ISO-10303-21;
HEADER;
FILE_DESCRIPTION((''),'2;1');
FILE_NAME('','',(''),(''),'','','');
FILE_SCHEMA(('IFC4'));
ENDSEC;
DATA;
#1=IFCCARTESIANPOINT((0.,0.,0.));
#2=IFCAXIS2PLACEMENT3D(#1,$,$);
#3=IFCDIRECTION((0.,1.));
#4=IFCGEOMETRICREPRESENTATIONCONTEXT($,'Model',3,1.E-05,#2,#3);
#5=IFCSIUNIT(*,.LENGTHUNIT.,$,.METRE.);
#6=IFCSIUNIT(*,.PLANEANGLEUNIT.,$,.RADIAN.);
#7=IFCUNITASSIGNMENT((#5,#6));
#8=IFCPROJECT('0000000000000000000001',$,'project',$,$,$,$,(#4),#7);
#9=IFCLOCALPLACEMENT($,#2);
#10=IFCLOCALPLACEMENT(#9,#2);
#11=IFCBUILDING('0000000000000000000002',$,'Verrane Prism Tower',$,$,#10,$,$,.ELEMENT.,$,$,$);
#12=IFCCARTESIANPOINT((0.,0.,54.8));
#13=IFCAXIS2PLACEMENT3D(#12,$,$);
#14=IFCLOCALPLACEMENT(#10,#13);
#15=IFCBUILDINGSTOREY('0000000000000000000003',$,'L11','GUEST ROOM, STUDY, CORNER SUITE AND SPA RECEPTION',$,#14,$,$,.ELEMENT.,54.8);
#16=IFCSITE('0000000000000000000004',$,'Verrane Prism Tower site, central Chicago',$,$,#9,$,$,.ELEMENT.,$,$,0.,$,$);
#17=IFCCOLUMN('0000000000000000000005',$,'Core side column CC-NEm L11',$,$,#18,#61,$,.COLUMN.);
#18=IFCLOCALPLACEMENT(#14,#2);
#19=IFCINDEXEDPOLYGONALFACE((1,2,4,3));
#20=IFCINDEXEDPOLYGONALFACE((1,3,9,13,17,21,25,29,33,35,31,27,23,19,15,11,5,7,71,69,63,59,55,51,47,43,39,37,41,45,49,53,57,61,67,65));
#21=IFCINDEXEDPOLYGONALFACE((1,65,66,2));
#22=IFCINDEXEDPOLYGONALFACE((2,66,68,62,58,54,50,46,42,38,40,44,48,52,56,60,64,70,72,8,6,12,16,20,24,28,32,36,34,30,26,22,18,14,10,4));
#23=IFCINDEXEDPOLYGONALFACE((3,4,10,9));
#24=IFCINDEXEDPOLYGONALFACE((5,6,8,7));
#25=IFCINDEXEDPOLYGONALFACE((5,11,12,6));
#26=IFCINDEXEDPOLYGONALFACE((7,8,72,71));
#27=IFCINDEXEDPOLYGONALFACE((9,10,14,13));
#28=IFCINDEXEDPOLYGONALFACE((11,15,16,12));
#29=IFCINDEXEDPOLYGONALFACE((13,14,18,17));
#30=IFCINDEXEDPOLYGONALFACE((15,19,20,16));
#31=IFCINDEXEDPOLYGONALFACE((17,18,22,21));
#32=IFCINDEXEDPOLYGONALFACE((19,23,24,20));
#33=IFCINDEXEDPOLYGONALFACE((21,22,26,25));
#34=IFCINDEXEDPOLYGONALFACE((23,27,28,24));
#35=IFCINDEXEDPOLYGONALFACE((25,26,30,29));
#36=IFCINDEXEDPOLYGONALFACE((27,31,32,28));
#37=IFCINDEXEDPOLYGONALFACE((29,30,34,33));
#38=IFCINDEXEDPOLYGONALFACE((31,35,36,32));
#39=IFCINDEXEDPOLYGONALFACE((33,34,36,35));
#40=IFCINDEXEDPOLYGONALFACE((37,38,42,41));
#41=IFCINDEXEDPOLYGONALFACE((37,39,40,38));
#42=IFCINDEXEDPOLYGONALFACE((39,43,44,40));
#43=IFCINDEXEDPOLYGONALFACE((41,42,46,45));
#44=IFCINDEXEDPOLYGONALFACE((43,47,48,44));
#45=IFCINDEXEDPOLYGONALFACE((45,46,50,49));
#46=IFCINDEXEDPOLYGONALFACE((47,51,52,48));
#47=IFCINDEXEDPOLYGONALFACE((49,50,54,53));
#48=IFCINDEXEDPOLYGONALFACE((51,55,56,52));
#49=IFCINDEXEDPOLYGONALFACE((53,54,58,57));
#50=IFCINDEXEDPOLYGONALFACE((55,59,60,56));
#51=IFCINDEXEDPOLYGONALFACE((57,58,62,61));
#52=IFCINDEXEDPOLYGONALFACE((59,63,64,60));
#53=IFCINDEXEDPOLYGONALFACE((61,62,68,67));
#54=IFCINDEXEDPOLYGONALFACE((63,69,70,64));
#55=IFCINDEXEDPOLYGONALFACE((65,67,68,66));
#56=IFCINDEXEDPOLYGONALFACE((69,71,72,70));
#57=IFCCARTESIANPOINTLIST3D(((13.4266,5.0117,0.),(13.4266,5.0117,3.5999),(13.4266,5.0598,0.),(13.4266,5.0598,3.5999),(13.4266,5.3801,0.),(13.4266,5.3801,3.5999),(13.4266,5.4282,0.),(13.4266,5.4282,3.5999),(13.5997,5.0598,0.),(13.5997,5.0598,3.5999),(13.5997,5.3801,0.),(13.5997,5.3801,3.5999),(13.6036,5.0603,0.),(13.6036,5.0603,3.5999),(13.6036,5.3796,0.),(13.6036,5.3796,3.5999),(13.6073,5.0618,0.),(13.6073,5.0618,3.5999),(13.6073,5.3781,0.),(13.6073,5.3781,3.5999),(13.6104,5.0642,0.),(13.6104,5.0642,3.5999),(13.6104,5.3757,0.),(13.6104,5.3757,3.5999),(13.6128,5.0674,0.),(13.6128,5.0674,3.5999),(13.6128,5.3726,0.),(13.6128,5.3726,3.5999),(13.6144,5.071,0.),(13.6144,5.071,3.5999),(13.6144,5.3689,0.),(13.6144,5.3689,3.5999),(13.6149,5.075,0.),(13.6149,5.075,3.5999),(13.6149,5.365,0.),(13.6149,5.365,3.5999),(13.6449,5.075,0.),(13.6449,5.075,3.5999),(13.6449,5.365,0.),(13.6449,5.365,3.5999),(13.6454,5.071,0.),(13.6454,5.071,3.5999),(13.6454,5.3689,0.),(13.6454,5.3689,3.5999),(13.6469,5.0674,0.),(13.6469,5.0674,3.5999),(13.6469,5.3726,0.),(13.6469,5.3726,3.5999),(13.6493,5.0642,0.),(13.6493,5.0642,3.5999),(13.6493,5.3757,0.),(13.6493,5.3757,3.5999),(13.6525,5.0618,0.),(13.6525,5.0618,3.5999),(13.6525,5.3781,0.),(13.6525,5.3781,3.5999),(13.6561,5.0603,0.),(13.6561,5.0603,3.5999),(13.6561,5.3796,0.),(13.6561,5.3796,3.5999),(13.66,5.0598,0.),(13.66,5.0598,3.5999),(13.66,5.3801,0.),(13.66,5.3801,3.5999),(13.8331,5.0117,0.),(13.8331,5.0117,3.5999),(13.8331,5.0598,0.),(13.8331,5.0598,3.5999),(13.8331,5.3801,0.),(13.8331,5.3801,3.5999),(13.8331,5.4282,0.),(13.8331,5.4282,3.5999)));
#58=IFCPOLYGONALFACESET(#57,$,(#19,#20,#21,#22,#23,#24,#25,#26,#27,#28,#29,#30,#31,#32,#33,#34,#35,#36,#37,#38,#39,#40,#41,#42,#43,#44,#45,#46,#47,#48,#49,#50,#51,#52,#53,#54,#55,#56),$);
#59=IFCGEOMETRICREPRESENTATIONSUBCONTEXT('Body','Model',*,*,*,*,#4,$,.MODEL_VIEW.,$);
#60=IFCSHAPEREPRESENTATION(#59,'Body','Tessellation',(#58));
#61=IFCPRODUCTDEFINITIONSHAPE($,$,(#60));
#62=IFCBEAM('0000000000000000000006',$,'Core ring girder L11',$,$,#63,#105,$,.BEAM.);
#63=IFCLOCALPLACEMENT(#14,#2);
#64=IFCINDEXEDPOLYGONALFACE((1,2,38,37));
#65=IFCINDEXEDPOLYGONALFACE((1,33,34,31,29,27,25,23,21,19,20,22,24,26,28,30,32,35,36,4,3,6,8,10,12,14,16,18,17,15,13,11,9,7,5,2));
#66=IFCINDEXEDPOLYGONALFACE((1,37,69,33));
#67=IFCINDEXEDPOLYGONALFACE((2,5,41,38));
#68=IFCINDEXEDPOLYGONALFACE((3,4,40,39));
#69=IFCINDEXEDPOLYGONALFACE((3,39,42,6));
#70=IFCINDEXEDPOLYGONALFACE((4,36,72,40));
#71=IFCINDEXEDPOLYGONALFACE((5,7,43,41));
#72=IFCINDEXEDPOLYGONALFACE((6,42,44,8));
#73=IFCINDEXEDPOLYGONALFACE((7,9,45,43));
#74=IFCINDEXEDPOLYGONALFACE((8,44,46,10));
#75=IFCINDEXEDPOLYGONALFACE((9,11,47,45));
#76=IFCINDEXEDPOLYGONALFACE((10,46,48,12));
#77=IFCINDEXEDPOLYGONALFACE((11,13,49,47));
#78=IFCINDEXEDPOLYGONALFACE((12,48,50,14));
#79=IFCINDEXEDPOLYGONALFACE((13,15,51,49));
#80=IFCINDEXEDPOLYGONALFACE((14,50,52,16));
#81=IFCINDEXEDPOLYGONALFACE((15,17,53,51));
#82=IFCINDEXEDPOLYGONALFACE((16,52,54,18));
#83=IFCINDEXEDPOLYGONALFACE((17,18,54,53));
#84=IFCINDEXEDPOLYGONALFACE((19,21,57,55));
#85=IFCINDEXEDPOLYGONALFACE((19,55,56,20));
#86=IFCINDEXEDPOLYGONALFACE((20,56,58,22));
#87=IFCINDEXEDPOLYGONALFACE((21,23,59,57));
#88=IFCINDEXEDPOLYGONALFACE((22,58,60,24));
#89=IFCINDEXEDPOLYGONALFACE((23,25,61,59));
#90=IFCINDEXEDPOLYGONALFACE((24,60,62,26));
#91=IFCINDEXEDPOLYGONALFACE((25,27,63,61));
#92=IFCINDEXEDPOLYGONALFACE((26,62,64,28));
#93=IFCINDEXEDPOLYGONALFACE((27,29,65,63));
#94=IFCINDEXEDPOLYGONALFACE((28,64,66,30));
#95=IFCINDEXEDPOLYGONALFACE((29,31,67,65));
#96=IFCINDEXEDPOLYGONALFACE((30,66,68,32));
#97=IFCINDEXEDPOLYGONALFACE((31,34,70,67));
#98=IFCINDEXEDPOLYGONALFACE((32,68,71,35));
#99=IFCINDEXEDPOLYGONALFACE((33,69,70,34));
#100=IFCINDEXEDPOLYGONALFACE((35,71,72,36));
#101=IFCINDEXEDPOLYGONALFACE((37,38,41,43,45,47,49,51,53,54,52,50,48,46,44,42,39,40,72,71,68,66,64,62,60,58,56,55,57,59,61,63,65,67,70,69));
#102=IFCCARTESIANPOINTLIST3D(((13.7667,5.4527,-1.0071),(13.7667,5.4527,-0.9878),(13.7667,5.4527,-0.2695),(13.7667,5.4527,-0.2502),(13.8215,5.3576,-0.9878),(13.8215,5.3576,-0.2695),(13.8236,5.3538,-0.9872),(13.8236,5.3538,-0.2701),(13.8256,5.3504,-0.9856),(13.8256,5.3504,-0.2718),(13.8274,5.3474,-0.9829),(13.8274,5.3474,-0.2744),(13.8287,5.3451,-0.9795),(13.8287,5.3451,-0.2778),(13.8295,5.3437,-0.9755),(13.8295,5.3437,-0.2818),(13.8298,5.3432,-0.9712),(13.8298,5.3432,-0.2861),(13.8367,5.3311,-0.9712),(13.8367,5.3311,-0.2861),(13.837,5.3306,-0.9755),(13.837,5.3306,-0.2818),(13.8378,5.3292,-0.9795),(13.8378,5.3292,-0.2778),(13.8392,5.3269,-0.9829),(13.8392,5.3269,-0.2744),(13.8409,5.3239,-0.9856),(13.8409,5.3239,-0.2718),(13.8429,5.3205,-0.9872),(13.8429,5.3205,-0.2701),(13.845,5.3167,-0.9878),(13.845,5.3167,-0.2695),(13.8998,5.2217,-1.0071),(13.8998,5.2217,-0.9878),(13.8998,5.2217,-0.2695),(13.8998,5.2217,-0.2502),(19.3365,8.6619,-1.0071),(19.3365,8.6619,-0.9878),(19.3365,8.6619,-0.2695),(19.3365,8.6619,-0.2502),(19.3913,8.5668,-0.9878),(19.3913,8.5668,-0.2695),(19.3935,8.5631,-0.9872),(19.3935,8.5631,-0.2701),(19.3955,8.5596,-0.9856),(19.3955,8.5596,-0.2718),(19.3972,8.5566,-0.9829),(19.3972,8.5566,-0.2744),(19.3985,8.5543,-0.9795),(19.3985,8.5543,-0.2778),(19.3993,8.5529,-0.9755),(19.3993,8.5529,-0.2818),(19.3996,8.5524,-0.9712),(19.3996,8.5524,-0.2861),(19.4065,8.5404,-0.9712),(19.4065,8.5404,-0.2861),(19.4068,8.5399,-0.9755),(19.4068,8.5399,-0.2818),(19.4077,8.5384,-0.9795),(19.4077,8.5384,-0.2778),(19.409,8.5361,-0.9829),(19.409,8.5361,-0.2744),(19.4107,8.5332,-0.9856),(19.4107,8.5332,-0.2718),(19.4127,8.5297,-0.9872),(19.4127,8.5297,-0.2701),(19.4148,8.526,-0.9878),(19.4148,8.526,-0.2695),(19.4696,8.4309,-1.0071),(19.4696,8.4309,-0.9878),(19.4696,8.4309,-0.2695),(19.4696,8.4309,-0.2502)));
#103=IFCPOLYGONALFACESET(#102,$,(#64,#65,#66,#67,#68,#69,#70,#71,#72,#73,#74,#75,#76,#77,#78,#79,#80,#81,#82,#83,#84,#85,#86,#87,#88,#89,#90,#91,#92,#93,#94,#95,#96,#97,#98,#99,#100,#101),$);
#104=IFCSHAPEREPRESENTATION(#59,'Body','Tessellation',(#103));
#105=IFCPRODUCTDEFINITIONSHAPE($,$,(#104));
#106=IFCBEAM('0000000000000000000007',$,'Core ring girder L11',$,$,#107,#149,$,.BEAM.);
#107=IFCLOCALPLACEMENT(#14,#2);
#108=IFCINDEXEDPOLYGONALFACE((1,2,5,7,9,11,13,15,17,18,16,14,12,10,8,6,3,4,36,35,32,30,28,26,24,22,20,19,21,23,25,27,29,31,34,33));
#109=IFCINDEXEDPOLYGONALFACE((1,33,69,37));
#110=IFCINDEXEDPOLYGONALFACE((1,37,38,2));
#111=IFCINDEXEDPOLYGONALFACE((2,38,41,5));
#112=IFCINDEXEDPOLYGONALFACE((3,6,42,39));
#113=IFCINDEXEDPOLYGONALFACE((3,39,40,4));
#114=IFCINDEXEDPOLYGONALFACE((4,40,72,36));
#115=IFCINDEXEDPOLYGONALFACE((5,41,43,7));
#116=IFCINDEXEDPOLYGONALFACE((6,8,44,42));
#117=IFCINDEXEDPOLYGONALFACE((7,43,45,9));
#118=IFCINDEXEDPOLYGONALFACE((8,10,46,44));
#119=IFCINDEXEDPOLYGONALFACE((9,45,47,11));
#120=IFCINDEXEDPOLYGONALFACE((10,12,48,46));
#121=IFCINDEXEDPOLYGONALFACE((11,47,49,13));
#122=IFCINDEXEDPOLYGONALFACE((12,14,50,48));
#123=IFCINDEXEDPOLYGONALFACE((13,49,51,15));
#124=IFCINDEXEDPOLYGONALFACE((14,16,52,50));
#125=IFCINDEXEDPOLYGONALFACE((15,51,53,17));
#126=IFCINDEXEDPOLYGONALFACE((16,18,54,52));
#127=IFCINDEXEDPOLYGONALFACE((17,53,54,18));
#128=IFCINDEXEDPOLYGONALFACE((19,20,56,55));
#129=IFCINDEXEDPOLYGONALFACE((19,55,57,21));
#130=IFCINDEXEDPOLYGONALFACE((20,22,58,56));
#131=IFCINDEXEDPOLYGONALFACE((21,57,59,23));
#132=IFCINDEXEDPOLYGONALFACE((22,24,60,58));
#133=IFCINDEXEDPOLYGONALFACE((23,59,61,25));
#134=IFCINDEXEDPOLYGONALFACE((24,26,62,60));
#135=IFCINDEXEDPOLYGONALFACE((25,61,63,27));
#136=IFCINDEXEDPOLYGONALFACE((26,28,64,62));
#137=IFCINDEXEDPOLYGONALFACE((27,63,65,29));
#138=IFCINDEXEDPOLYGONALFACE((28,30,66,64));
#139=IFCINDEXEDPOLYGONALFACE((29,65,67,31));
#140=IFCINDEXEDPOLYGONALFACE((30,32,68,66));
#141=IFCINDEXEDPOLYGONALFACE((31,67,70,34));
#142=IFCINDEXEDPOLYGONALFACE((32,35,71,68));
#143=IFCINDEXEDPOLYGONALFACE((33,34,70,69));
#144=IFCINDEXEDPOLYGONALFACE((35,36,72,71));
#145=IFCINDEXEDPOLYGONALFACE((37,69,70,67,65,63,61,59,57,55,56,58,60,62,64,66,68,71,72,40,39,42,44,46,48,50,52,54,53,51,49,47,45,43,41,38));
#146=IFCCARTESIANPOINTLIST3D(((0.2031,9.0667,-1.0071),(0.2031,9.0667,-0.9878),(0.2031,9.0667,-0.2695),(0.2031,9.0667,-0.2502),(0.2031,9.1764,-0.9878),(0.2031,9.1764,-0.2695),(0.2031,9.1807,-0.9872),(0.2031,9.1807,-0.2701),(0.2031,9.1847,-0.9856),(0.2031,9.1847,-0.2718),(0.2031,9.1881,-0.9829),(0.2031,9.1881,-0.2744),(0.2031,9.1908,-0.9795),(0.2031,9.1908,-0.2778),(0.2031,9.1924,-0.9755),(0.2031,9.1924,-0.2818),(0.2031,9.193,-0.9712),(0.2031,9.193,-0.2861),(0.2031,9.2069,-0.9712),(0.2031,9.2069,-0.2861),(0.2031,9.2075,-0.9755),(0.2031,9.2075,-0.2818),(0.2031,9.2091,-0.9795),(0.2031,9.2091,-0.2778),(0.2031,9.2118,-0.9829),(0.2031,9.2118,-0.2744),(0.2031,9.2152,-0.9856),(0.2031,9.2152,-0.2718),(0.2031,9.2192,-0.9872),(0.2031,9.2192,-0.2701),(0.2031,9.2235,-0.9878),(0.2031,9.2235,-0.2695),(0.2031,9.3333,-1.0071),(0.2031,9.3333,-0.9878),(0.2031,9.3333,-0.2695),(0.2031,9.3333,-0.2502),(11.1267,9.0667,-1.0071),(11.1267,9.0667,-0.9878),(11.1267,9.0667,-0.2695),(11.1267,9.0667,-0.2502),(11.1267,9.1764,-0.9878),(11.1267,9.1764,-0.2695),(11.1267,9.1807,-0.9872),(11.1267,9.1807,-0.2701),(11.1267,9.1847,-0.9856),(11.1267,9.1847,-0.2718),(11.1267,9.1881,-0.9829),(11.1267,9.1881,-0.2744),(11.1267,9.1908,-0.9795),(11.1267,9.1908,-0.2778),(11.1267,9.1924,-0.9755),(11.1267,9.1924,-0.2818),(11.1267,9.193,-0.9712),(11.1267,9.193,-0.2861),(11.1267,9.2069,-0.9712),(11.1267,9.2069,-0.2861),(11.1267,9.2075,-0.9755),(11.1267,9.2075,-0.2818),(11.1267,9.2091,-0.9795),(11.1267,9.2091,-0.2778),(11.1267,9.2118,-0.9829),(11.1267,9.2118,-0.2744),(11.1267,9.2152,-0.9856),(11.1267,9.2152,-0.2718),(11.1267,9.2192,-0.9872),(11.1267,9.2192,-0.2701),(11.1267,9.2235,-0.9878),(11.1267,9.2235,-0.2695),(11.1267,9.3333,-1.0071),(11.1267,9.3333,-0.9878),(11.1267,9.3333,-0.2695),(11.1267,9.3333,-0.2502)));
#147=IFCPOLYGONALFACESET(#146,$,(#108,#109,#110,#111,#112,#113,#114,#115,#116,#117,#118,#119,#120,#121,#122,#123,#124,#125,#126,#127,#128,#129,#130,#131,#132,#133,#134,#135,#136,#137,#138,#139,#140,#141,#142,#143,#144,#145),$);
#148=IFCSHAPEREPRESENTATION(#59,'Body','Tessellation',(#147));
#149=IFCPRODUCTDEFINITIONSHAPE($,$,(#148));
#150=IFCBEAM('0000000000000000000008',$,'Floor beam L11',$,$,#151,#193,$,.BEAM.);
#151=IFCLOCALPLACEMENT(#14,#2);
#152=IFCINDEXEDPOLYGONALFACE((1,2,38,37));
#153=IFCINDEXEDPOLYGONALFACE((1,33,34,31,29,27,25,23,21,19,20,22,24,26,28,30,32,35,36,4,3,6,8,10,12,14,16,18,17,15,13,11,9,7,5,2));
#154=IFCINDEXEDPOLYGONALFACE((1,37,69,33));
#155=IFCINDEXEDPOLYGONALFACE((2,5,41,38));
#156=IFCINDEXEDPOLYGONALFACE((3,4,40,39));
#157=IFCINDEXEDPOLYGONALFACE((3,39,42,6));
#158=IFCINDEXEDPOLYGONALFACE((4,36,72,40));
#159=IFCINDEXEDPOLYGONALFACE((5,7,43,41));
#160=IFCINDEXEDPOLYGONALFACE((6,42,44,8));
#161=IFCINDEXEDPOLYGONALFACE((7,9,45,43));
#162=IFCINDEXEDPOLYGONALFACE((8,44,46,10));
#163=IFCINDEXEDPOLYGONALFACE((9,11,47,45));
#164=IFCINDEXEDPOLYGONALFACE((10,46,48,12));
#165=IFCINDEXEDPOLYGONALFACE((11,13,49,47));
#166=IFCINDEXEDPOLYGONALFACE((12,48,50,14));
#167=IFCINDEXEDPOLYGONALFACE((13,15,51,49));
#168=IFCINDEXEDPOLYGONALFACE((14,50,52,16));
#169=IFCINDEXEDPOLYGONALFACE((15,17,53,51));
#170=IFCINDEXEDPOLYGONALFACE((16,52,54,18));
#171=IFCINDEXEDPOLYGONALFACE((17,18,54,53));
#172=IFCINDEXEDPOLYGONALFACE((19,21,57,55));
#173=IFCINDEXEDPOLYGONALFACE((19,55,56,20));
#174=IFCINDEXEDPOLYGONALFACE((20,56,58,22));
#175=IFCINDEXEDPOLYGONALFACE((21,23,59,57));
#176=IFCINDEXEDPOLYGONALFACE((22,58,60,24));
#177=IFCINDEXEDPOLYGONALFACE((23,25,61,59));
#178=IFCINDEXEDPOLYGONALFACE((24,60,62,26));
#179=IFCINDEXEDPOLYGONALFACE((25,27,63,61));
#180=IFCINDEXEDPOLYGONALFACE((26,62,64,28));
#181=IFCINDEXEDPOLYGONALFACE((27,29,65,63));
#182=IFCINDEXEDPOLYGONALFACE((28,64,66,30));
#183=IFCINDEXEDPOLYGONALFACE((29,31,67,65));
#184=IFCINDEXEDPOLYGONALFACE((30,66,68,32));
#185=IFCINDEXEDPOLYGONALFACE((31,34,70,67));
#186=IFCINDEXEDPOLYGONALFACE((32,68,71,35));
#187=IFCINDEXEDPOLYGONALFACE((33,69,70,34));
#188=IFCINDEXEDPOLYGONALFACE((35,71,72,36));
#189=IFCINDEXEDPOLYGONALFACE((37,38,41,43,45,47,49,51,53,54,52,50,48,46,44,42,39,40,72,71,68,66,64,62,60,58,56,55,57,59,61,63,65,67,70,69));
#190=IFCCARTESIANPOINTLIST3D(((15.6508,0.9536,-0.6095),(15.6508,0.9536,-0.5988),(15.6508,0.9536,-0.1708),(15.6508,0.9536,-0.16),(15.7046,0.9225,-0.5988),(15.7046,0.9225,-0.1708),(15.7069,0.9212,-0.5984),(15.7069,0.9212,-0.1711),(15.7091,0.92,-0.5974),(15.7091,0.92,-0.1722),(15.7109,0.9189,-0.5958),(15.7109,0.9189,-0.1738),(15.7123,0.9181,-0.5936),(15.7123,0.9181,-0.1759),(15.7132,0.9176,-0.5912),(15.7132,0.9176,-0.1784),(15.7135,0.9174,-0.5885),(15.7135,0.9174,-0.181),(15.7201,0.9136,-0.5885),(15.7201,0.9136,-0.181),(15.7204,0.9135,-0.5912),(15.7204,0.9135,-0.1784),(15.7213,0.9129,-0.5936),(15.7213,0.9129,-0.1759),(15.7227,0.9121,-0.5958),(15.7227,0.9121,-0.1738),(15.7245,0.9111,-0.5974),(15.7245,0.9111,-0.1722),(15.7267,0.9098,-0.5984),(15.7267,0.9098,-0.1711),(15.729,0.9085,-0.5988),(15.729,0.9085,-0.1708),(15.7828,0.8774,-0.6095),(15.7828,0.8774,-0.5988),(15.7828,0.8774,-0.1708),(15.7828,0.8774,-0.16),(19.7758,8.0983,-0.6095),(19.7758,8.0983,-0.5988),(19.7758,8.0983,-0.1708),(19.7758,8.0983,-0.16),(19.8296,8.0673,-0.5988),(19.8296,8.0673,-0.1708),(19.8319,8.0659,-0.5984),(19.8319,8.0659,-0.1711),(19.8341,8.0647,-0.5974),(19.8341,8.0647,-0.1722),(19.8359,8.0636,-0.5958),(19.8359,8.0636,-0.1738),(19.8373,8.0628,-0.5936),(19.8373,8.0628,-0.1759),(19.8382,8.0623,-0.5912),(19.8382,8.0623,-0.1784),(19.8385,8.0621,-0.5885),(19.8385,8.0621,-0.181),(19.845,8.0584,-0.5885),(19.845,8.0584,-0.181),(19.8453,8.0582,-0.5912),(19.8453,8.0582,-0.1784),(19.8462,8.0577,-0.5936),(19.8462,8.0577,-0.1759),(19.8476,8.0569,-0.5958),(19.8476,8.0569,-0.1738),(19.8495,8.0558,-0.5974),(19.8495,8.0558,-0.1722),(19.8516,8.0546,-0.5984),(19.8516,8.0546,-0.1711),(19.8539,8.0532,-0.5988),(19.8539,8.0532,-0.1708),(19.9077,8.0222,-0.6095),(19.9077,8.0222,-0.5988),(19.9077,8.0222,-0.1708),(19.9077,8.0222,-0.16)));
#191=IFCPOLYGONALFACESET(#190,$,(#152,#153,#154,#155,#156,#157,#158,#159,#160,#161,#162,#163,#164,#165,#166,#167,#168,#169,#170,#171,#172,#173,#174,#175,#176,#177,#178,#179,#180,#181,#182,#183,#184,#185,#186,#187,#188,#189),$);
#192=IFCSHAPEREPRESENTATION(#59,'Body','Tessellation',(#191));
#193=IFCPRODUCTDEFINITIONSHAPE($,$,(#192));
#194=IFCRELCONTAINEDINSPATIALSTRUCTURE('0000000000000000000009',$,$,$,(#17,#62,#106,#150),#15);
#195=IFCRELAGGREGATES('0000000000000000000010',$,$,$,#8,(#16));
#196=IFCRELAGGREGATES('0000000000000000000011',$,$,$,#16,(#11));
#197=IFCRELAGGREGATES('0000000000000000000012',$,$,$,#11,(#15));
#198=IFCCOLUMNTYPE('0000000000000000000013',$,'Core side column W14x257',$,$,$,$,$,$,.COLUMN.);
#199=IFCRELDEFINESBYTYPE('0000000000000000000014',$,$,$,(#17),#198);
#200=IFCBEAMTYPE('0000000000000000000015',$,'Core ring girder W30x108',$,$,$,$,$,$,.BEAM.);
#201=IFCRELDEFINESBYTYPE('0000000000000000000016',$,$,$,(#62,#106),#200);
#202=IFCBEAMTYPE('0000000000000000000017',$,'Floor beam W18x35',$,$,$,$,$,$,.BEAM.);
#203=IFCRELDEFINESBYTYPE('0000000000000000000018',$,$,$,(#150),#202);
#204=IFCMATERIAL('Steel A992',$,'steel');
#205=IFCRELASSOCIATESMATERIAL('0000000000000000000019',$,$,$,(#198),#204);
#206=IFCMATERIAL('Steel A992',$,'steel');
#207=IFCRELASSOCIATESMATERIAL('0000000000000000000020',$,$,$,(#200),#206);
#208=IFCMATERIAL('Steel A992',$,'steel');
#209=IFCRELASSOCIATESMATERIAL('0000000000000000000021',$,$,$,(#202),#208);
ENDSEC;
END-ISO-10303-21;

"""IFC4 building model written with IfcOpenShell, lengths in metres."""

from ifc_helpers import new_model, si_unit, direction, frame, origin, origin_2d, place, context, subcontext, project, spatial, i_section, extrude, material, material_profile, profile_set, type_object, element, save


model = new_model("IFC4")

# Units and contexts
model_context = context("Model", 3, precision=1e-05, world=origin(), true_north=direction((0.0, 1.0)))
body_context = subcontext(model_context, "Body", "Model", "MODEL_VIEW")
ifc_project = project(units=[si_unit("LENGTHUNIT", "METRE"), si_unit("PLANEANGLEUNIT", "RADIAN")], contexts=[model_context])

# Site, building, storey
site_placement = place(None, origin())
site = spatial("IfcSite", under=ifc_project, at=site_placement, Name="Verrane Prism Tower site, central Chicago", CompositionType="ELEMENT", RefElevation=0.0)
building_placement = place(site_placement, origin())
building = spatial("IfcBuilding", under=site, at=building_placement, Name="Verrane Prism Tower", CompositionType="ELEMENT")
storey_placement = place(building_placement, frame((0.0, 0.0, 54.8)))
storey = spatial("IfcBuildingStorey", under=building, at=storey_placement, Name="L11", Description="GUEST ROOM, STUDY, CORNER SUITE AND SPA RECEPTION", CompositionType="ELEMENT", Elevation=54.8)

# Column
ifc_material_1 = material(Name="Steel A992", Category="steel")
ifc_material_profile_1 = material_profile(ifc_material_1, i_section(OverallWidth=0.4065, OverallDepth=0.4165, WebThickness=0.03, FlangeThickness=0.0481, FilletRadius=0.0151, at=origin_2d()), Name="W14x257")
ifc_profile_set_1 = profile_set([ifc_material_profile_1], Name="Steel A992")
column_type = type_object("IfcColumnType", Name="Core side column W14x257", PredefinedType="COLUMN", material=ifc_profile_set_1)
column_placement = place(storey_placement, frame((13.6299, 5.22, 0.0), z_axis=(0.0, 0.0, 1.0), x_axis=(1.0, 0.0, 0.0)))
element("IfcColumn", 1, at=column_placement, inside=storey, type_object=column_type, Name="Core side column CC-NEm L11", PredefinedType="COLUMN", context=body_context, shape_type="SweptSolid", body=[
    extrude(i_section(OverallWidth=0.4065, OverallDepth=0.4165, WebThickness=0.03, FlangeThickness=0.0481, FilletRadius=0.0151, at=origin_2d()), origin(), (0.0, 0.0, 1.0), 3.5999),
])

# Beams
ifc_material_2 = material(Name="Steel A992", Category="steel")
ifc_material_profile_2 = material_profile(ifc_material_2, i_section(OverallWidth=0.2666, OverallDepth=0.7568, WebThickness=0.0139, FlangeThickness=0.0193, FilletRadius=0.0166, at=origin_2d()), Name="W30x108")
ifc_profile_set_2 = profile_set([ifc_material_profile_2], Name="Steel A992")
beam_type_1 = type_object("IfcBeamType", Name="Core ring girder W30x108", PredefinedType="BEAM", material=ifc_profile_set_2)
beam_1_placement = place(storey_placement, frame((13.8333, 5.3372, -0.6287), z_axis=(0.866464, 0.49924, 0.0), x_axis=(-0.49924, 0.866464, 0.0)))
element("IfcBeam", 2, at=beam_1_placement, inside=storey, type_object=beam_type_1, Name="Core ring girder L11", PredefinedType="BEAM", context=body_context, shape_type="SweptSolid", body=[
    extrude(i_section(OverallWidth=0.2666, OverallDepth=0.7568, WebThickness=0.0139, FlangeThickness=0.0193, FilletRadius=0.0166, at=origin_2d()), origin(), (0.0, 0.0, 1.0), 6.4282),
])
beam_2_placement = place(storey_placement, frame((11.1267, 9.2, -0.6287), z_axis=(-1.0, 0.0, 0.0), x_axis=(0.0, -1.0, 0.0)))
element("IfcBeam", 3, at=beam_2_placement, inside=storey, type_object=beam_type_1, Name="Core ring girder L11", PredefinedType="BEAM", context=body_context, shape_type="SweptSolid", body=[
    extrude(i_section(OverallWidth=0.2666, OverallDepth=0.7568, WebThickness=0.0139, FlangeThickness=0.0193, FilletRadius=0.0166, at=origin_2d()), origin(), (0.0, 0.0, 1.0), 10.9236),
])
ifc_material_3 = material(Name="Steel A992", Category="steel")
ifc_material_profile_3 = material_profile(ifc_material_3, i_section(OverallWidth=0.1523, OverallDepth=0.4495, WebThickness=0.0076, FlangeThickness=0.0107, FilletRadius=0.0103, at=origin_2d()), Name="W18x35")
ifc_profile_set_3 = profile_set([ifc_material_profile_3], Name="Steel A992")
beam_type_2 = type_object("IfcBeamType", Name="Floor beam W18x35", PredefinedType="BEAM", material=ifc_profile_set_3)
beam_3_placement = place(storey_placement, frame((15.7168, 0.9155, -0.3848), z_axis=(0.499997, 0.866027, 0.0), x_axis=(-0.866027, 0.499997, 0.0)))
element("IfcBeam", 4, at=beam_3_placement, inside=storey, type_object=beam_type_2, Name="Floor beam L11", PredefinedType="BEAM", context=body_context, shape_type="SweptSolid", body=[
    extrude(i_section(OverallWidth=0.1523, OverallDepth=0.4495, WebThickness=0.0076, FlangeThickness=0.0107, FilletRadius=0.0103, at=origin_2d()), origin(), (0.0, 0.0, 1.0), 8.25),
])

save(model, "model.ifc")
